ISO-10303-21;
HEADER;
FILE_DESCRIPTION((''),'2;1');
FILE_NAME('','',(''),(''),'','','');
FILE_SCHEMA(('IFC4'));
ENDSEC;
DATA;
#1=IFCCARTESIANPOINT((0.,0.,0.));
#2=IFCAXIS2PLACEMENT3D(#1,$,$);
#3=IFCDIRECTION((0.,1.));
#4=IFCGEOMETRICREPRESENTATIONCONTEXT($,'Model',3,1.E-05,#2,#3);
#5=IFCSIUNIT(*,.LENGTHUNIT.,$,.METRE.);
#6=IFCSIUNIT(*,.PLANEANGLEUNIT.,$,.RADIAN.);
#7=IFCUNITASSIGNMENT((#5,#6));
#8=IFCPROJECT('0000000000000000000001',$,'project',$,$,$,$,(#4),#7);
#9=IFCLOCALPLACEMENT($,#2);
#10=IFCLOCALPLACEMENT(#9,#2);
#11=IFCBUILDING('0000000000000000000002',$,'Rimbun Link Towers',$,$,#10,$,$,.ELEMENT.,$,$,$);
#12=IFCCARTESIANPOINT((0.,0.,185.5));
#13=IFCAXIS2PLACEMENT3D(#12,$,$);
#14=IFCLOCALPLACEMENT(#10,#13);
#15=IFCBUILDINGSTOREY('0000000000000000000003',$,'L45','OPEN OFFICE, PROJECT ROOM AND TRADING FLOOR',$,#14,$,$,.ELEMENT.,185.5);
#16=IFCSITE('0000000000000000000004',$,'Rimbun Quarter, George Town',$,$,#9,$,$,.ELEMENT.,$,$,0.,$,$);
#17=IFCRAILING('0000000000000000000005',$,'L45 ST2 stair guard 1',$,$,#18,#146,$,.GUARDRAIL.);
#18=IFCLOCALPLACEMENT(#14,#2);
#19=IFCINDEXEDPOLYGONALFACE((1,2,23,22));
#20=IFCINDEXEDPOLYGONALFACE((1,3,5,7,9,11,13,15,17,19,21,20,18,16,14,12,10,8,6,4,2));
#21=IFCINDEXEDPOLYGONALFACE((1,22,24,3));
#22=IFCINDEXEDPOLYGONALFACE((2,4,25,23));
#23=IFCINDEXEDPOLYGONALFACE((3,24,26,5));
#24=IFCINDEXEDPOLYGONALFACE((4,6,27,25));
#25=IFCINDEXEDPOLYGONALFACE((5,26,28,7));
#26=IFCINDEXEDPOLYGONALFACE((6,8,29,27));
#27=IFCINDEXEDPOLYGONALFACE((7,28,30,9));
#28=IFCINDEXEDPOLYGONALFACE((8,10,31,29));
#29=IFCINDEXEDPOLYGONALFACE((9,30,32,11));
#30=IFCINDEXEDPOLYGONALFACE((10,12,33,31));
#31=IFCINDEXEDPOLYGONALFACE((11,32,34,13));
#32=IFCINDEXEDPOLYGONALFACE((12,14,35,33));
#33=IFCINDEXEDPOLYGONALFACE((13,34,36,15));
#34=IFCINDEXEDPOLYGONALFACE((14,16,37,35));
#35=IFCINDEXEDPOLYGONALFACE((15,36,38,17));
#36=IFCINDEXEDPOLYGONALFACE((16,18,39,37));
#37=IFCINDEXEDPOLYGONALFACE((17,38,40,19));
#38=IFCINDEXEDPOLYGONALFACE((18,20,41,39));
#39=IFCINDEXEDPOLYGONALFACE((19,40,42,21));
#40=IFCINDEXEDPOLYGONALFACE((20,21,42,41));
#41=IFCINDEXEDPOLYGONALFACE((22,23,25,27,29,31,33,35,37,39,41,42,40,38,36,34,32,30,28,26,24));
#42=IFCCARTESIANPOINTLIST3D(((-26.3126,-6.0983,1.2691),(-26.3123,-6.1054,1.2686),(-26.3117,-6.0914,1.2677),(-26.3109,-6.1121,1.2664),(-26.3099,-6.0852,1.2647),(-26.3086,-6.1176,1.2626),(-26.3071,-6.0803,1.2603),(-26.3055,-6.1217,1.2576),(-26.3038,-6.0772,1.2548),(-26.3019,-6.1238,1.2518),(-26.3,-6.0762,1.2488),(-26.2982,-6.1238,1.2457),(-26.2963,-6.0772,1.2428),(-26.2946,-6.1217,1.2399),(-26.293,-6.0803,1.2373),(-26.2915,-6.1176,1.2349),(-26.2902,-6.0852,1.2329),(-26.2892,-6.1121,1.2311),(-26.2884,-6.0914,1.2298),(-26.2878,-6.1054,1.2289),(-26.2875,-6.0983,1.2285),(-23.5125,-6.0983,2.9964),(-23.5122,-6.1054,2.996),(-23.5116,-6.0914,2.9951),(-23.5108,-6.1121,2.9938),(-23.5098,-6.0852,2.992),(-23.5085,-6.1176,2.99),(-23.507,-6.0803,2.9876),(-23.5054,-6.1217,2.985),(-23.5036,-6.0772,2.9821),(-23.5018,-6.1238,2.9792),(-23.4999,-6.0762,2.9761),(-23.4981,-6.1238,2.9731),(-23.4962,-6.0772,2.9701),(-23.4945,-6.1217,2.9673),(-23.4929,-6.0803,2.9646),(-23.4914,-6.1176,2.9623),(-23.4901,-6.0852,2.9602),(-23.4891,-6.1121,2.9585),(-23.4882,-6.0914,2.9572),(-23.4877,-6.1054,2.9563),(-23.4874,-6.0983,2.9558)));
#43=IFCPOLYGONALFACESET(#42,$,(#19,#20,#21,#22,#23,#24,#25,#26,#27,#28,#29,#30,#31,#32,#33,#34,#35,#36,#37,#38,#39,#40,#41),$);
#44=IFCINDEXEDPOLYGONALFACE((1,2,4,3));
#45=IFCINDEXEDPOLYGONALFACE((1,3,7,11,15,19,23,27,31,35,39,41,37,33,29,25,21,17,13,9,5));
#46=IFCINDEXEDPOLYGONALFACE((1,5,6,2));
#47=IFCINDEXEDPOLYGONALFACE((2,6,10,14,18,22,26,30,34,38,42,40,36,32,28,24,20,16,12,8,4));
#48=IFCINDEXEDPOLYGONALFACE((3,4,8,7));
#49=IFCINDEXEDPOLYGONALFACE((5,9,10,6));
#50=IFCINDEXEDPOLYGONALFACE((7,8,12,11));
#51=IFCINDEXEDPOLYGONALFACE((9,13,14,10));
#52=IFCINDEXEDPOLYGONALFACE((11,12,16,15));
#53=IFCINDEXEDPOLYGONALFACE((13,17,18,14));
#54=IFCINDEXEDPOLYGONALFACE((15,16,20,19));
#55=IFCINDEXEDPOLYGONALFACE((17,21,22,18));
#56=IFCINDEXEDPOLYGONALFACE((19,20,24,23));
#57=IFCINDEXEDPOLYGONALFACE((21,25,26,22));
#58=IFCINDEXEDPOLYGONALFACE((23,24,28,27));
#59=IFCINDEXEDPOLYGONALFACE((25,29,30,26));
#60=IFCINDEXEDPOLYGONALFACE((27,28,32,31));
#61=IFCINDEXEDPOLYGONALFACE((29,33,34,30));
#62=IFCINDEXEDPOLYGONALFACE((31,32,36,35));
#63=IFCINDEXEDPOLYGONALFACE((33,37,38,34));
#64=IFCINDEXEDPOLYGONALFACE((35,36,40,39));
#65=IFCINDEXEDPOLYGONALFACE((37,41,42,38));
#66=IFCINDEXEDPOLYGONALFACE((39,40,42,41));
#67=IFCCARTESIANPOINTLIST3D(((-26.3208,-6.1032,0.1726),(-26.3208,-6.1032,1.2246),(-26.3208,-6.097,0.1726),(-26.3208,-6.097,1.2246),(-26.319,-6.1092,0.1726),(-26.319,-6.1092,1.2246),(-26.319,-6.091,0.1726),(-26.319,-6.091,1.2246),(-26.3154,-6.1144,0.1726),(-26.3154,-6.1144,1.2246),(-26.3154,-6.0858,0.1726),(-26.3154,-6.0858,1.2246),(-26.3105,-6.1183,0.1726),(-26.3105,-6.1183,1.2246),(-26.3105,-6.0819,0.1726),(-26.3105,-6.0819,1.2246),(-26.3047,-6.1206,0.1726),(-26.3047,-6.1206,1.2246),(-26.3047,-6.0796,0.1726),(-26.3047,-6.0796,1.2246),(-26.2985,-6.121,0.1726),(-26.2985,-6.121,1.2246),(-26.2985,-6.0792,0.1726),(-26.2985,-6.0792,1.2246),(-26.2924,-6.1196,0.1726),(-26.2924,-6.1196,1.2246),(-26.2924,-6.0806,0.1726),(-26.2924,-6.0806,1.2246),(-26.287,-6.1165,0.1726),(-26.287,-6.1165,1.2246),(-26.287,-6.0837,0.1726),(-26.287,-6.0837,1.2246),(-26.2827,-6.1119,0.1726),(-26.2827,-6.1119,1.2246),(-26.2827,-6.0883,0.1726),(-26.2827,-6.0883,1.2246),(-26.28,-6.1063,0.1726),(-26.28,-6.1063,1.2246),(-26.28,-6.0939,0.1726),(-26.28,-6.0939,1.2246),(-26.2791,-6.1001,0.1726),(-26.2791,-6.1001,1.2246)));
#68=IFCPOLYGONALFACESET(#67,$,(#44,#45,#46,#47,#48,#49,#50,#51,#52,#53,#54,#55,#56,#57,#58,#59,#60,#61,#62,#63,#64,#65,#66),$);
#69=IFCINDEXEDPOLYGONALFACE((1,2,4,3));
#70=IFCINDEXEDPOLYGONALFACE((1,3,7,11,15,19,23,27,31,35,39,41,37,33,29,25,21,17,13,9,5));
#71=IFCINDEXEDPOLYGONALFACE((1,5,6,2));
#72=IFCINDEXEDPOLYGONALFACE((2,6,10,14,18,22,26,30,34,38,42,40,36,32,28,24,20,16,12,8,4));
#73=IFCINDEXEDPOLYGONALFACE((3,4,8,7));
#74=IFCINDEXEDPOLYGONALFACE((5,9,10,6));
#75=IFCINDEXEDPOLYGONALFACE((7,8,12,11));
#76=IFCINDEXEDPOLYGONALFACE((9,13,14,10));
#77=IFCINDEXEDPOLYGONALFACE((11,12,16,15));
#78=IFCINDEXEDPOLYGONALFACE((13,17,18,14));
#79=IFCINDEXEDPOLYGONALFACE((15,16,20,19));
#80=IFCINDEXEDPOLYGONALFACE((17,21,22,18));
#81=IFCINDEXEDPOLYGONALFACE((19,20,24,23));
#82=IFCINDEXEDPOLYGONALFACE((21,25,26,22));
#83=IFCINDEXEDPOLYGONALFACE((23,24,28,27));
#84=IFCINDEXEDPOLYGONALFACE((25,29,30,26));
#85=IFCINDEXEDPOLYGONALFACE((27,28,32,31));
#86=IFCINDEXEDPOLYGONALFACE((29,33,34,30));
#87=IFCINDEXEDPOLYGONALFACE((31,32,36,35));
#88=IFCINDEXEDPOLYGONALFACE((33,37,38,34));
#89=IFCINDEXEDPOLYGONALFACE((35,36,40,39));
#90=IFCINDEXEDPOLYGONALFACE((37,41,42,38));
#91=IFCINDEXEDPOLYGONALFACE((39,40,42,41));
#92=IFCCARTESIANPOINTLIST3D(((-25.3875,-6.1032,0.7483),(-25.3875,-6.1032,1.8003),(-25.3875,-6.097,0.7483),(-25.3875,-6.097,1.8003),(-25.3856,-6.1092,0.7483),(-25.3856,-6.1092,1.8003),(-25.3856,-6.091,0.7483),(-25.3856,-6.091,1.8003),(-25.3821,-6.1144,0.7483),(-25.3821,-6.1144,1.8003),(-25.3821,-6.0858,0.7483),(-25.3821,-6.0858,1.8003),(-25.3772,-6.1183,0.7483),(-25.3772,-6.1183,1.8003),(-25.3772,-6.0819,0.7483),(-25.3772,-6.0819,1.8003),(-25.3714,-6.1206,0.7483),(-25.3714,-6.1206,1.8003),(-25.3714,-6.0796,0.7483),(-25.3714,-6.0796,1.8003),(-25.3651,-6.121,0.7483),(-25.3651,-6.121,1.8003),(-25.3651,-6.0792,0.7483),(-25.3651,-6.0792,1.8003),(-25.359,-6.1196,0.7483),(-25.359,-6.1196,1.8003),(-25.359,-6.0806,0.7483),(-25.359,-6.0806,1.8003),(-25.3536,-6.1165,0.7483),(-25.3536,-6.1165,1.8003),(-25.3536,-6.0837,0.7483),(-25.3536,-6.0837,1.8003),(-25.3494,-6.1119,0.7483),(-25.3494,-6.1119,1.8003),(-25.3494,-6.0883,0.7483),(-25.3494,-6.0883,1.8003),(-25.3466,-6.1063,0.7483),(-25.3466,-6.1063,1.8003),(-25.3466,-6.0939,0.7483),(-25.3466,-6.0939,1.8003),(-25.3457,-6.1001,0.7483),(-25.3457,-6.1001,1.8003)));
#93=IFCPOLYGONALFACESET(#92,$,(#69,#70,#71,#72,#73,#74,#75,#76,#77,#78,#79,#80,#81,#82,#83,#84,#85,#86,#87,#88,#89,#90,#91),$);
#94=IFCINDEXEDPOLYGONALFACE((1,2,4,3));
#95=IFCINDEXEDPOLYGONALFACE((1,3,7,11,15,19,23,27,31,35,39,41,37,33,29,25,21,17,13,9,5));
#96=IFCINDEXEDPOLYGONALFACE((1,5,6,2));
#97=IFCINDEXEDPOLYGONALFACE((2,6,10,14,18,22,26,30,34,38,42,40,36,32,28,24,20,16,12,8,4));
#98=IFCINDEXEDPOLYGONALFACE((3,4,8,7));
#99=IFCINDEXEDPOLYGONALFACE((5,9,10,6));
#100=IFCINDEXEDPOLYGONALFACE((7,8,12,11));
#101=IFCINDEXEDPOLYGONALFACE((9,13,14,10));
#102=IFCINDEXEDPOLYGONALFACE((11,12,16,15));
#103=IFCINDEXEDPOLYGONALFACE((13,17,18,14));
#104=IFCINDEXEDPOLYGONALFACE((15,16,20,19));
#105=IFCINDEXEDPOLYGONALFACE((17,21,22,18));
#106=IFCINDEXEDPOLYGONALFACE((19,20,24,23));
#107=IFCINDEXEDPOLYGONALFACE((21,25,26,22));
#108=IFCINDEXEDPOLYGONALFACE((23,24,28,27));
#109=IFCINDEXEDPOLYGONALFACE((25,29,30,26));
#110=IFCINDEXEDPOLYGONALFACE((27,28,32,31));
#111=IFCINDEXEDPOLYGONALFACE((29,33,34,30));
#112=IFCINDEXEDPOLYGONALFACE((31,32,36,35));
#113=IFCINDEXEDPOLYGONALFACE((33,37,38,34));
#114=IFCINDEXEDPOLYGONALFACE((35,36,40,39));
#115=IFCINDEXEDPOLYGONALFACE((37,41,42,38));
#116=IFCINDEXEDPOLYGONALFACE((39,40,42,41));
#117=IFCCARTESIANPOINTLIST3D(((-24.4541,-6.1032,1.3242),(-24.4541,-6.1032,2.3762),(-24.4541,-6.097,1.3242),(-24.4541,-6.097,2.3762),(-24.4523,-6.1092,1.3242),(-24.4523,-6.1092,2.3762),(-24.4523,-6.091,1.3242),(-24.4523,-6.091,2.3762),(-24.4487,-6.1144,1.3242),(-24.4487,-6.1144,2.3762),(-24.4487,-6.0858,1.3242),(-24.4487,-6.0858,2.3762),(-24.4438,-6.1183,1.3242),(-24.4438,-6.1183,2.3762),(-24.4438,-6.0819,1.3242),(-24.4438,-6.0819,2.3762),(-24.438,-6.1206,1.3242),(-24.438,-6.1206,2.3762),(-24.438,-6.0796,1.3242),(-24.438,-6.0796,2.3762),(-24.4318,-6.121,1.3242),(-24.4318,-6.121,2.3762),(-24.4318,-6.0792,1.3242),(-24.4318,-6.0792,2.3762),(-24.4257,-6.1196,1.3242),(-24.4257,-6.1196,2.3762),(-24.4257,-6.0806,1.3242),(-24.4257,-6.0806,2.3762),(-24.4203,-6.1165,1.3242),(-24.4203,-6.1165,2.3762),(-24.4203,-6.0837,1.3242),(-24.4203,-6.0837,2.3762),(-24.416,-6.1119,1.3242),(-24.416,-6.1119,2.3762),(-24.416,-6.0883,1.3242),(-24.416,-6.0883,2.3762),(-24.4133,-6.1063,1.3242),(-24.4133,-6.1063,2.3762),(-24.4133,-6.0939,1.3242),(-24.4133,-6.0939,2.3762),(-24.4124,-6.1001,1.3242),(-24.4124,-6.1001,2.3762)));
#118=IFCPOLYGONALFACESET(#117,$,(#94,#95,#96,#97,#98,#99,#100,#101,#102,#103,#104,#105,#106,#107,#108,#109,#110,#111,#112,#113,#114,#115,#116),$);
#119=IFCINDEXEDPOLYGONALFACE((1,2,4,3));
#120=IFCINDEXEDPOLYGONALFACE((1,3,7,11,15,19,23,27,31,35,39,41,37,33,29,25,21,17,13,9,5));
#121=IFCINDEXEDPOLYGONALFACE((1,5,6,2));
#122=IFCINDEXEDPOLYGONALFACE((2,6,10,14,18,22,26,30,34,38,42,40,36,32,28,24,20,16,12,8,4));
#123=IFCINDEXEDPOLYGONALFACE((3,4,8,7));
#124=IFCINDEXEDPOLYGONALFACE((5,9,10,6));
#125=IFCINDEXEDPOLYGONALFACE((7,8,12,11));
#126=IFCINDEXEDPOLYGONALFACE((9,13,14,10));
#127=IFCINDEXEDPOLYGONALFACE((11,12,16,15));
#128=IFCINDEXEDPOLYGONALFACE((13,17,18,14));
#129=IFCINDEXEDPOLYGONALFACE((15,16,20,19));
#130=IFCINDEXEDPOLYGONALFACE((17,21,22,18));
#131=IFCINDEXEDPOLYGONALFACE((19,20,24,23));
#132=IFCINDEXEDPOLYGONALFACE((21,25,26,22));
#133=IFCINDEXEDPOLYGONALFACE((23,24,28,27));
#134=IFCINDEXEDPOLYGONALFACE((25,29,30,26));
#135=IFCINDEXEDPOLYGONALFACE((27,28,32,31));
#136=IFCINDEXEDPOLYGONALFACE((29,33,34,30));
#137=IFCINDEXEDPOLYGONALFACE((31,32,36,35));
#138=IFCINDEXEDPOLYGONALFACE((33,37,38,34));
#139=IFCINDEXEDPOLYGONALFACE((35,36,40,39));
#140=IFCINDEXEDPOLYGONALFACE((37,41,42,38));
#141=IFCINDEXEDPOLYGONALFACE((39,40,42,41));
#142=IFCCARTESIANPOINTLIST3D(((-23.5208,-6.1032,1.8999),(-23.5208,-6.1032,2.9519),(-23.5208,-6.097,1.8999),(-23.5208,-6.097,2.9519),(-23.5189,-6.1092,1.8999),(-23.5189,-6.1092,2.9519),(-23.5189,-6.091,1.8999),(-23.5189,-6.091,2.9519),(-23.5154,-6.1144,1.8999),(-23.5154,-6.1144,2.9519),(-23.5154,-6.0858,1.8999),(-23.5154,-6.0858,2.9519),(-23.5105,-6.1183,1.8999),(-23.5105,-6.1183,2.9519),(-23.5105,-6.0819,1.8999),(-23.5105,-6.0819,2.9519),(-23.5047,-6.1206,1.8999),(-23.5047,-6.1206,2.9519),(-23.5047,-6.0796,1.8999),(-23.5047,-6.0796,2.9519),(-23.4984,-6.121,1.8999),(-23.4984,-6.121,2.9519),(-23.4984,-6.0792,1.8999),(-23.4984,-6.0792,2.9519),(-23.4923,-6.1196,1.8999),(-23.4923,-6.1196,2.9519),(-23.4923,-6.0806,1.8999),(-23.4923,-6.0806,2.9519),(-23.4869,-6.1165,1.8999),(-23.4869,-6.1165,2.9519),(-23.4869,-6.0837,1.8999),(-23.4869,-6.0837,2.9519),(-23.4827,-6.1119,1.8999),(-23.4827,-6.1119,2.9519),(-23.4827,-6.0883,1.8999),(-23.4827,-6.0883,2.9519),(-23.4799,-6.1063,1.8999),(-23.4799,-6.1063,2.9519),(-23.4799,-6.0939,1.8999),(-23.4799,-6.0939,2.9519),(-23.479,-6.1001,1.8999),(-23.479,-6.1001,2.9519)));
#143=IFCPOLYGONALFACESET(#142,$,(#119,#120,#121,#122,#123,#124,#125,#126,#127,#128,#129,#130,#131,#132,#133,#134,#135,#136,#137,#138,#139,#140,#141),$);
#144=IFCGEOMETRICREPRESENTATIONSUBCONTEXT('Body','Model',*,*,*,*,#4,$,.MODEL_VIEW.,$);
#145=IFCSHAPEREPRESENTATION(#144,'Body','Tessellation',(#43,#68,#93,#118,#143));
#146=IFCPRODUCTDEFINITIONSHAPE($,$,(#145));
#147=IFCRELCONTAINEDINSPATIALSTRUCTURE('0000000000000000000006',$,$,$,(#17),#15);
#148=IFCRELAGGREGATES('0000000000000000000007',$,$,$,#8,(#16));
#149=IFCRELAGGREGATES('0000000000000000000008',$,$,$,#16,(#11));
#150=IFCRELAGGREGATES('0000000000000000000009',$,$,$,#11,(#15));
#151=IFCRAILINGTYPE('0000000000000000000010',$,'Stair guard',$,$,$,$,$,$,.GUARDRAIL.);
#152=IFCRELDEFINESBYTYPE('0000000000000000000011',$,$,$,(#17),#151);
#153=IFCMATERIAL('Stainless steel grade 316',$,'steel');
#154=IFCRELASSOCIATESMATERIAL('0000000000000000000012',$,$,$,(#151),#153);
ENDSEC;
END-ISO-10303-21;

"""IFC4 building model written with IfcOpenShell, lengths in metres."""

from ifc_helpers import new_model, si_unit, direction, frame, origin, origin_2d, place, context, subcontext, project, spatial, circle, extrude, material, type_object, element, save


model = new_model("IFC4")

# Units and contexts
model_context = context("Model", 3, precision=1e-05, world=origin(), true_north=direction((0.0, 1.0)))
body_context = subcontext(model_context, "Body", "Model", "MODEL_VIEW")
ifc_project = project(units=[si_unit("LENGTHUNIT", "METRE"), si_unit("PLANEANGLEUNIT", "RADIAN")], contexts=[model_context])

# Site, building, storey
site_placement = place(None, origin())
site = spatial("IfcSite", under=ifc_project, at=site_placement, Name="Rimbun Quarter, George Town", CompositionType="ELEMENT", RefElevation=0.0)
building_placement = place(site_placement, origin())
building = spatial("IfcBuilding", under=site, at=building_placement, Name="Rimbun Link Towers", CompositionType="ELEMENT")
storey_placement = place(building_placement, frame((0.0, 0.0, 185.5)))
storey = spatial("IfcBuildingStorey", under=building, at=storey_placement, Name="L45", Description="OPEN OFFICE, PROJECT ROOM AND TRADING FLOOR", CompositionType="ELEMENT", Elevation=185.5)

# Railing
ifc_material_1 = material(Name="Stainless steel grade 316", Category="steel")
railing_type_1 = type_object("IfcRailingType", Name="Stair guard", PredefinedType="GUARDRAIL", material=ifc_material_1)
railing_1_placement = place(storey_placement, frame((-26.3, -6.1001, 0.1726)))
element("IfcRailing", 1, at=railing_1_placement, inside=storey, type_object=railing_type_1, Name="L45 ST2 stair guard 1", PredefinedType="GUARDRAIL", context=body_context, shape_type="SweptSolid", body=[
    extrude(circle(Radius=0.0239, at=origin_2d()), frame((0.0, 0.0, 1.0762), z_axis=(0.85109, 0.0, 0.52502), x_axis=(0.0, 1.0, 0.0)), (0.0, 0.0, 1.0), 3.29),
    extrude(circle(Radius=0.021, at=origin_2d()), origin(), (0.0, 0.0, 1.0), 1.052),
    extrude(circle(Radius=0.021, at=origin_2d()), frame((0.9333, 0.0, 0.5757)), (0.0, 0.0, 1.0), 1.052),
    extrude(circle(Radius=0.021, at=origin_2d()), frame((1.8667, 0.0, 1.1516)), (0.0, 0.0, 1.0), 1.052),
    extrude(circle(Radius=0.021, at=origin_2d()), frame((2.8, 0.0, 1.7273)), (0.0, 0.0, 1.0), 1.052),
])

save(model, "model.ifc")
